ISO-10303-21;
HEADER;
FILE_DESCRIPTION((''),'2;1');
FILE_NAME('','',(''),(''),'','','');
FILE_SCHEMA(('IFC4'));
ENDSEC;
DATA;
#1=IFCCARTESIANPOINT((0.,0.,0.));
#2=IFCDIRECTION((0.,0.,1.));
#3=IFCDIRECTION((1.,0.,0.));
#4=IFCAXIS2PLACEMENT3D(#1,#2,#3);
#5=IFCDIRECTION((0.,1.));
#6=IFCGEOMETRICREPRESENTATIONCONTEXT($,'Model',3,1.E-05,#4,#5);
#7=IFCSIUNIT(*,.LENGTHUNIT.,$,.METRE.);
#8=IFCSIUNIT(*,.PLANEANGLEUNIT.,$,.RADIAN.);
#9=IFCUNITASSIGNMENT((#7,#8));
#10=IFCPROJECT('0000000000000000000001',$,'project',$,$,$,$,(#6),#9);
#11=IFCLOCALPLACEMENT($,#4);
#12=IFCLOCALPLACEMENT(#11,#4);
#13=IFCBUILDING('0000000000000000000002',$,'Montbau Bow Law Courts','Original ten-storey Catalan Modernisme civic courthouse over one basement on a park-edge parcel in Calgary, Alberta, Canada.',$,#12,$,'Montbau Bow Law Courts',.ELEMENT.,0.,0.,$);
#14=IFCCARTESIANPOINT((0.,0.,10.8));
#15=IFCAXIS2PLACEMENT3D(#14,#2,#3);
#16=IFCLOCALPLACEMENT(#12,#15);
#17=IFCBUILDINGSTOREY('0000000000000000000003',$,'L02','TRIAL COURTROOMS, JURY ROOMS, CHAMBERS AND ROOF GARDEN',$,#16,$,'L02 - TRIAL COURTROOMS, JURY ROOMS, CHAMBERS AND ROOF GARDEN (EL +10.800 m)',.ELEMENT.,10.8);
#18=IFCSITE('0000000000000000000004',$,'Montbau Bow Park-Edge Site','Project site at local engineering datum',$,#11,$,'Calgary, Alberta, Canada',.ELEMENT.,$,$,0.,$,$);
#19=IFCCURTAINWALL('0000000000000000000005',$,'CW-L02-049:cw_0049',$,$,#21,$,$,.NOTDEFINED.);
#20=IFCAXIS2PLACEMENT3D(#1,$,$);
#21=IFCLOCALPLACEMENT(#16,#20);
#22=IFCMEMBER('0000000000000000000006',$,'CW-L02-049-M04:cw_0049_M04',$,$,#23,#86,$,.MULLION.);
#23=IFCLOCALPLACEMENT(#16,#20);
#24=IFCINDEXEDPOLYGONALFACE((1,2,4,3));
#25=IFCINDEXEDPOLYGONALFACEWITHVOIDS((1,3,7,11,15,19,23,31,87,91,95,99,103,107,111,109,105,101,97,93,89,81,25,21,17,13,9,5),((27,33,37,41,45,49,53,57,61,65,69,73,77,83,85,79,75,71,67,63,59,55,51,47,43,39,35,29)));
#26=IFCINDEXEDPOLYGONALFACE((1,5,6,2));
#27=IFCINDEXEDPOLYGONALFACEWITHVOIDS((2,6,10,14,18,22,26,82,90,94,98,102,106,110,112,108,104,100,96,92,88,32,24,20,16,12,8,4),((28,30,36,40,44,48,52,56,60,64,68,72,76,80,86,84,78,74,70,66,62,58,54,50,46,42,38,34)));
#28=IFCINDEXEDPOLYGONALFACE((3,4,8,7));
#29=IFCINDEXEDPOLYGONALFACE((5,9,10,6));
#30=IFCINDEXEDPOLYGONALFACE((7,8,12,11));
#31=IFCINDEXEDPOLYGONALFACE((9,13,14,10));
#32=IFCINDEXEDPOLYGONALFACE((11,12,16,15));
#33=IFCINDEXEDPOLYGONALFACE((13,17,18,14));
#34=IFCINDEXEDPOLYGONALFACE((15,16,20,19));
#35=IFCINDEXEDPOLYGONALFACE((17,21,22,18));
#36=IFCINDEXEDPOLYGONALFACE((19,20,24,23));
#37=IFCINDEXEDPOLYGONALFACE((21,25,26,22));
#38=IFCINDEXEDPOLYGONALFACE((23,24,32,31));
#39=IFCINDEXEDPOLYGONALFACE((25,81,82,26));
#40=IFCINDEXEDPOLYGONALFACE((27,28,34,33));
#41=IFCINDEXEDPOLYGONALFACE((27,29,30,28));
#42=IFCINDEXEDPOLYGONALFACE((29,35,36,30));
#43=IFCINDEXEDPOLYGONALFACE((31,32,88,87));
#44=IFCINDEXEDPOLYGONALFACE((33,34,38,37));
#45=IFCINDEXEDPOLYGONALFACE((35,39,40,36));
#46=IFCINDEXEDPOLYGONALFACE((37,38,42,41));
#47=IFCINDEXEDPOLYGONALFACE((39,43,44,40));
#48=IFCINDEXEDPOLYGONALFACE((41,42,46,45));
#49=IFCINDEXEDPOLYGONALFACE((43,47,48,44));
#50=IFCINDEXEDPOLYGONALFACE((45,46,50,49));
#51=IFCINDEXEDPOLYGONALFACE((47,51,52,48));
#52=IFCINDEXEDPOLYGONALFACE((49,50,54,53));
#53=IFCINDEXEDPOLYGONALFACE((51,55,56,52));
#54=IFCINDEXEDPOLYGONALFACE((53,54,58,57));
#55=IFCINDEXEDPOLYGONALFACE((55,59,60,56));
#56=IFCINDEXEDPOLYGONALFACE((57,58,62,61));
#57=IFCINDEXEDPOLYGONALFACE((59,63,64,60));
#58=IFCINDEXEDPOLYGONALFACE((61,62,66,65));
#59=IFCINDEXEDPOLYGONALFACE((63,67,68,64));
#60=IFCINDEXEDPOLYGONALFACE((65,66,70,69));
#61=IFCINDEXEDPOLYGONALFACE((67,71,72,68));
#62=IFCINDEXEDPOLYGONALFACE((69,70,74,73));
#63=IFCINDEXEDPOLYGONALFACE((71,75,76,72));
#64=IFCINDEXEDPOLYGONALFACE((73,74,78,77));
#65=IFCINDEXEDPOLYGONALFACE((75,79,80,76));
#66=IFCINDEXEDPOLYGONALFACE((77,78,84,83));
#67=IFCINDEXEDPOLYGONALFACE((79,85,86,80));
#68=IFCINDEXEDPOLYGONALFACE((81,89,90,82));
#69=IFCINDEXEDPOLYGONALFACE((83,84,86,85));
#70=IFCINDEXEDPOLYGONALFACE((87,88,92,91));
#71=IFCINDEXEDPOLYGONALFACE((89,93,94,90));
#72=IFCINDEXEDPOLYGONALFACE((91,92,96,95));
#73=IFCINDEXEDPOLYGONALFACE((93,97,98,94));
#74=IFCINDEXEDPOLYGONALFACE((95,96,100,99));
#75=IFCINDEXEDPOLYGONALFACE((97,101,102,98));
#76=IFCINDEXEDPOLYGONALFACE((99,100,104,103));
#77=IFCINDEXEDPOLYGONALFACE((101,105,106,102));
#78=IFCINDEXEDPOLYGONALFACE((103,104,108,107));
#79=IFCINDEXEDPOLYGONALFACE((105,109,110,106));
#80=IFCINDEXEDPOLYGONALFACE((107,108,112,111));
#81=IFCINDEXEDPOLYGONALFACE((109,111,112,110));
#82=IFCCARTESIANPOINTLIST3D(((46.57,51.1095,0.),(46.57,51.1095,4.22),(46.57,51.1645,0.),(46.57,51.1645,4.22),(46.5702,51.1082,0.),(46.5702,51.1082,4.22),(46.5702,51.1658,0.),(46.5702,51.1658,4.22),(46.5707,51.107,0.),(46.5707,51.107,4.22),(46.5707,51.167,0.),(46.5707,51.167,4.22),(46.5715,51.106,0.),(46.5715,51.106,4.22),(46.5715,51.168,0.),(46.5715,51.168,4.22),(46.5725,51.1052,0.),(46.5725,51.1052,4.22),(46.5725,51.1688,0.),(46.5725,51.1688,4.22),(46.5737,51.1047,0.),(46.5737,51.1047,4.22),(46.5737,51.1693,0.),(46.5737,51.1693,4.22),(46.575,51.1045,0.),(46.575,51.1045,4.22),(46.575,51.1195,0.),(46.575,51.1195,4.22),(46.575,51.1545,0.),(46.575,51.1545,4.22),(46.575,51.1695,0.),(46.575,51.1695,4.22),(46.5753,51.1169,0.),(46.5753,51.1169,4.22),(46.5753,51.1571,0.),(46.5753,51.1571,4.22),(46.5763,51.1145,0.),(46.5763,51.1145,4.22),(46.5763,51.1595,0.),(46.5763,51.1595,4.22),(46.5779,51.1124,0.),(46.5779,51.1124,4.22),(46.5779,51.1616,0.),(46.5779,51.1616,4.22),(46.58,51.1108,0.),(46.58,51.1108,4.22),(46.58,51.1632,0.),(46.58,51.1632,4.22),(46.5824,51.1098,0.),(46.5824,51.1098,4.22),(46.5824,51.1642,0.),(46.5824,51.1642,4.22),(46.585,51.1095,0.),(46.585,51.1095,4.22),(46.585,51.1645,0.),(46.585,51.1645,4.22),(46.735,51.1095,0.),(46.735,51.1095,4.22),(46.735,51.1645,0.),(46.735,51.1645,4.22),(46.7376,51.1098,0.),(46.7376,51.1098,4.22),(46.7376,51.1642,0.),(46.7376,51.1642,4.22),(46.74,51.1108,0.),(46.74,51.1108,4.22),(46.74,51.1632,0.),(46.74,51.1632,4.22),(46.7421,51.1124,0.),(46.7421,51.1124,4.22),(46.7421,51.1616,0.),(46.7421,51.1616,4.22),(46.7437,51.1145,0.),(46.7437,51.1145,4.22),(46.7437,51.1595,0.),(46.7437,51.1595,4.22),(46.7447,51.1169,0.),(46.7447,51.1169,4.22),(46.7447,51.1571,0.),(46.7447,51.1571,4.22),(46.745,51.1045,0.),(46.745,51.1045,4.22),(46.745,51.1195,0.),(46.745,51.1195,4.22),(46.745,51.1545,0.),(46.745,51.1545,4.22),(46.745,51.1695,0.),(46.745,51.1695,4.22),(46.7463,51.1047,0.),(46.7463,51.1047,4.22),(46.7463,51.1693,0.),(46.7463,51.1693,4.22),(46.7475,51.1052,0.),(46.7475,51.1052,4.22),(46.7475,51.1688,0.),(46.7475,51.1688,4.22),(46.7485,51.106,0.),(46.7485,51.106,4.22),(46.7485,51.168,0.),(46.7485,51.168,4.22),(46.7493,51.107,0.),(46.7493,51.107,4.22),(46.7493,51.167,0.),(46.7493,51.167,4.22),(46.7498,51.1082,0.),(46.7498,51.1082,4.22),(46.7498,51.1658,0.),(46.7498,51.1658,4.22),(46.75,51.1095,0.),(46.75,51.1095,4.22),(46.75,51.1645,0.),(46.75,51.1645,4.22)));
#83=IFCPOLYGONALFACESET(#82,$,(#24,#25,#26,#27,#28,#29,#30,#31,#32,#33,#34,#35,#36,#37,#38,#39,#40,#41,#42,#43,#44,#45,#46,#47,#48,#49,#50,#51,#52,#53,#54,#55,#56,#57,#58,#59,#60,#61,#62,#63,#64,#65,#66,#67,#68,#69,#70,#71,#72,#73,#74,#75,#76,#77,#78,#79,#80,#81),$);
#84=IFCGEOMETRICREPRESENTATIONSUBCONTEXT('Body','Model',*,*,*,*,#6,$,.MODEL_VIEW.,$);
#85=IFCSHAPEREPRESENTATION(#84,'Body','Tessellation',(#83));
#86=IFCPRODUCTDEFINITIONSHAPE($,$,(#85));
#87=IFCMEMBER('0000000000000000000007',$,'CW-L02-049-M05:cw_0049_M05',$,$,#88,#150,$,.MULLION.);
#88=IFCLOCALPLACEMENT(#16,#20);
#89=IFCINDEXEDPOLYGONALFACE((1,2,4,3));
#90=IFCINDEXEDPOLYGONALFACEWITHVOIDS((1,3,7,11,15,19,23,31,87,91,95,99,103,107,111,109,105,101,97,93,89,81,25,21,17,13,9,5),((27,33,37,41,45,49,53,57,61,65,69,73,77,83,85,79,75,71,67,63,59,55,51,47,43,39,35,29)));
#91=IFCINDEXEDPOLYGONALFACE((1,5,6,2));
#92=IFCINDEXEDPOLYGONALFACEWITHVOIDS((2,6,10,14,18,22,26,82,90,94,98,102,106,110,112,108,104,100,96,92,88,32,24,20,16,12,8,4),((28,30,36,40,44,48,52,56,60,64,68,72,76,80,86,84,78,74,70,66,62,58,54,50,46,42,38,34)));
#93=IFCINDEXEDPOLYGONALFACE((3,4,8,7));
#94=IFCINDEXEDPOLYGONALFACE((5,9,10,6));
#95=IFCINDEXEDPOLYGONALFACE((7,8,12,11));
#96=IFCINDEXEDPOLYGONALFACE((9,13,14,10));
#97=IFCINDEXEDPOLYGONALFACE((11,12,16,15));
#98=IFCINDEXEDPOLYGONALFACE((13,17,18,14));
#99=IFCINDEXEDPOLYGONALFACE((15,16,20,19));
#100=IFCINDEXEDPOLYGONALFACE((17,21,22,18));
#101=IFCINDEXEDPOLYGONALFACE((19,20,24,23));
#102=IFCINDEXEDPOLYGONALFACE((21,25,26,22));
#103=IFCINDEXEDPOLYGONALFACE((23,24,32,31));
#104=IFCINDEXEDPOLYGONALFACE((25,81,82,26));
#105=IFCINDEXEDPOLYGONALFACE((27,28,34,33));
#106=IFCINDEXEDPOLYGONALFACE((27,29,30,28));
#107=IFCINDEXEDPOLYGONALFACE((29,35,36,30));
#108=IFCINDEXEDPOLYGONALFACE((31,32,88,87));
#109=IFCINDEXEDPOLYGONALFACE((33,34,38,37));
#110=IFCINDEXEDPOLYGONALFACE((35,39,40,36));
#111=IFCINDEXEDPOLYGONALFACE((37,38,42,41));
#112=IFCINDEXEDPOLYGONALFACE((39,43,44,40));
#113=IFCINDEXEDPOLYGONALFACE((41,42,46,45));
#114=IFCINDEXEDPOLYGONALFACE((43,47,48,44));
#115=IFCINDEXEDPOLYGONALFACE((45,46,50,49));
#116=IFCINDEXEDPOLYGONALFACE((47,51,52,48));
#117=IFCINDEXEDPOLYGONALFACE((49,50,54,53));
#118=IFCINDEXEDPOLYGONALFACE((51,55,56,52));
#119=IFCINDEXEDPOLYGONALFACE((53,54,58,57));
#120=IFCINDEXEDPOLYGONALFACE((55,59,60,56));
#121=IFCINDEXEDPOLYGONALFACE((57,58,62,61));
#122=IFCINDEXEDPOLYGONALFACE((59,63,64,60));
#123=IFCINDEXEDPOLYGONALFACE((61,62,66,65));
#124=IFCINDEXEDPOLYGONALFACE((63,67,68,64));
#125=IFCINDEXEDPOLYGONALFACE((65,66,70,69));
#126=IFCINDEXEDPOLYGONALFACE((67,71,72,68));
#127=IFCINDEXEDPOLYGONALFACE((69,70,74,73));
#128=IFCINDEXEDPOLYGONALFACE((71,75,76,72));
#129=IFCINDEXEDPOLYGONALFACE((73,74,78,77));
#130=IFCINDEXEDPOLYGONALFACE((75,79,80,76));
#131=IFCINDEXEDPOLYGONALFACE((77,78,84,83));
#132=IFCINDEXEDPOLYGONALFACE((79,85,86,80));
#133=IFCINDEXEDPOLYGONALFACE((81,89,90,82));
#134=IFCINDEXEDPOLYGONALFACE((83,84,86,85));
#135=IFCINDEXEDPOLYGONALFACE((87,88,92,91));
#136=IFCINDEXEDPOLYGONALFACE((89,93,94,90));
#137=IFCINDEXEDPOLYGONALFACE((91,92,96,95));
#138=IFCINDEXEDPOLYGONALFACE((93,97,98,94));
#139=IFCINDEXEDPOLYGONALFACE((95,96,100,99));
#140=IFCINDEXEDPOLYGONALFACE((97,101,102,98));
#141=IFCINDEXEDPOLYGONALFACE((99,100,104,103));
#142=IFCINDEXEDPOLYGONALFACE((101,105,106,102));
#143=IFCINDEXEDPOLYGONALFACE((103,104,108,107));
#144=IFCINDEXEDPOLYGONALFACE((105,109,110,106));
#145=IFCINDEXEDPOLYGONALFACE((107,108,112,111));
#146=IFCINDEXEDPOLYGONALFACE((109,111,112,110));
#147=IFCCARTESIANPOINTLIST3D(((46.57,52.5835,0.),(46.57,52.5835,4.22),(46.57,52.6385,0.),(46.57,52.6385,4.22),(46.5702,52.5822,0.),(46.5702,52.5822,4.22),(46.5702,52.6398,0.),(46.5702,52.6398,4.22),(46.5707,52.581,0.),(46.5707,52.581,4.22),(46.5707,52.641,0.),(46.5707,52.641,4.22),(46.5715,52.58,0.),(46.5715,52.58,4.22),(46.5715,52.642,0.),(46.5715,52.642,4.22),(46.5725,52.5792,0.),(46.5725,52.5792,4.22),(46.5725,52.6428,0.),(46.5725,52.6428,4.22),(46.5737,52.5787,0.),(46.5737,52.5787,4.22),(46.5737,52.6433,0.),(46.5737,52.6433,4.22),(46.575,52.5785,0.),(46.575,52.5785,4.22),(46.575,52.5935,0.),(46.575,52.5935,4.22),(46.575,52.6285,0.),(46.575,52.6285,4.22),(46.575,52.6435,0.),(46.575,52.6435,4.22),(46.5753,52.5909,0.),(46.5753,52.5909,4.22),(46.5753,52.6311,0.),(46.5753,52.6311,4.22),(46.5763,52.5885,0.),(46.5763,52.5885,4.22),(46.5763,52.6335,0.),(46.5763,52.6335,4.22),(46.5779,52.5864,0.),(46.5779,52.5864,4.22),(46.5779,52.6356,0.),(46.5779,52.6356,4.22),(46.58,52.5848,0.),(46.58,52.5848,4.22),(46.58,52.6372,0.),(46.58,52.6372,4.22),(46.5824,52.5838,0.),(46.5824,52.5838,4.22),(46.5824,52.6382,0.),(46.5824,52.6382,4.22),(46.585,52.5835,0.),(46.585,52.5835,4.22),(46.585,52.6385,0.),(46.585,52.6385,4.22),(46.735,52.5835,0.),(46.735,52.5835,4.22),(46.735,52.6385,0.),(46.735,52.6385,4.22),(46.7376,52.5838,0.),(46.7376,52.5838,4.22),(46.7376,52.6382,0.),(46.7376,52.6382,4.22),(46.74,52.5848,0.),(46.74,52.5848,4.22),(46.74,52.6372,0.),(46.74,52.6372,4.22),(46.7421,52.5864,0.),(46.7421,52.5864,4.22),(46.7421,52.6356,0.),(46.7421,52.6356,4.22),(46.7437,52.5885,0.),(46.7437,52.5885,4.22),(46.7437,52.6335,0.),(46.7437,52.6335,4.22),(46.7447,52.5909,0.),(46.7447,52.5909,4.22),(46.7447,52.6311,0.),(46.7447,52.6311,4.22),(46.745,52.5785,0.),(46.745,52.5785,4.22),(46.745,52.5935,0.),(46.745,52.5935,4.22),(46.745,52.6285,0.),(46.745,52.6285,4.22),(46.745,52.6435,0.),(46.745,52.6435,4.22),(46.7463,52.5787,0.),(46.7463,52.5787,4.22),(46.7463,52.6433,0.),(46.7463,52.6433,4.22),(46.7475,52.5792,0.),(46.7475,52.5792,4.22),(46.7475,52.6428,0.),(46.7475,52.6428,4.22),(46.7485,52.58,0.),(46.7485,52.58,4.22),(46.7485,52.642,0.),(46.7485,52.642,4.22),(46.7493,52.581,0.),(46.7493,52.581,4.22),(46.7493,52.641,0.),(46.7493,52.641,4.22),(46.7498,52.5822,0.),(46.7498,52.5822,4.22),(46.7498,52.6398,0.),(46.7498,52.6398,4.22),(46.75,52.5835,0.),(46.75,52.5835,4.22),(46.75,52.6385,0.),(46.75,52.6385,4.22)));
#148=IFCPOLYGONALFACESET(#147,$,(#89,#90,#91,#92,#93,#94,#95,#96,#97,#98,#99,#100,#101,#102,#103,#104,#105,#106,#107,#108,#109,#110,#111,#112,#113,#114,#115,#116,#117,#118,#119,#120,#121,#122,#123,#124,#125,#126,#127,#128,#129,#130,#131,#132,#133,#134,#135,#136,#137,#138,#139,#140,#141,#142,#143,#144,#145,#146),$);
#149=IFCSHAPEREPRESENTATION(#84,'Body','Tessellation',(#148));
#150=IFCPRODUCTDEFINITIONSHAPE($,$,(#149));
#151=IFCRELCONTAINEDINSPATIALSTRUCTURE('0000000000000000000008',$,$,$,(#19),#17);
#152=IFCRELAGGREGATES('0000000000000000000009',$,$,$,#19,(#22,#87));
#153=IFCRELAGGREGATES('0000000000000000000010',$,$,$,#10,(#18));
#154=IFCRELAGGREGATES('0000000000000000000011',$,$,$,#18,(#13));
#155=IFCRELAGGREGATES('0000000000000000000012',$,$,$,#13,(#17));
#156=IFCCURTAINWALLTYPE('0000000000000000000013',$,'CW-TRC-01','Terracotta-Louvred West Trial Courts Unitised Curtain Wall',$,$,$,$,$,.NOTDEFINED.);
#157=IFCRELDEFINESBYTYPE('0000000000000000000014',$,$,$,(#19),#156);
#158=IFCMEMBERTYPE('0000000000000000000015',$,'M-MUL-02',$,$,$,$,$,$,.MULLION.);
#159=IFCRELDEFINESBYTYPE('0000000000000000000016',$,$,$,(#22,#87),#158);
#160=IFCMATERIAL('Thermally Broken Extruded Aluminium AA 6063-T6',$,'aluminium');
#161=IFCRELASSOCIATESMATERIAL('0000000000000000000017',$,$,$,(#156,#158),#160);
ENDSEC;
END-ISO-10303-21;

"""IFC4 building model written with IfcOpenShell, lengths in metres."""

from ifc_helpers import new_model, si_unit, direction, frame, origin_with_axes, origin_2d_with_axis, place, context, subcontext, project, spatial, hollow_rectangle, extrude, material, material_profile, profile_set, type_object, element, aggregate, save


model = new_model("IFC4")

# Units and contexts
model_context = context("Model", 3, precision=1e-05, world=origin_with_axes(), true_north=direction((0.0, 1.0)))
body_context = subcontext(model_context, "Body", "Model", "MODEL_VIEW")
ifc_project = project(units=[si_unit("LENGTHUNIT", "METRE"), si_unit("PLANEANGLEUNIT", "RADIAN")], contexts=[model_context])

# Site, building, storey
site_placement = place(None, origin_with_axes())
site = spatial("IfcSite", under=ifc_project, at=site_placement, Name="Montbau Bow Park-Edge Site", Description="Project site at local engineering datum", LongName="Calgary, Alberta, Canada", CompositionType="ELEMENT", RefElevation=0.0)
building_placement = place(site_placement, origin_with_axes())
building = spatial("IfcBuilding", under=site, at=building_placement, Name="Montbau Bow Law Courts", Description="Original ten-storey Catalan Modernisme civic courthouse over one basement on a park-edge parcel in Calgary, Alberta, Canada.", LongName="Montbau Bow Law Courts", CompositionType="ELEMENT", ElevationOfRefHeight=0.0, ElevationOfTerrain=0.0)
storey_placement = place(building_placement, frame((0.0, 0.0, 10.8), z_axis=(0.0, 0.0, 1.0), x_axis=(1.0, 0.0, 0.0)))
storey = spatial("IfcBuildingStorey", under=building, at=storey_placement, Name="L02", Description="TRIAL COURTROOMS, JURY ROOMS, CHAMBERS AND ROOF GARDEN", LongName="L02 - TRIAL COURTROOMS, JURY ROOMS, CHAMBERS AND ROOF GARDEN (EL +10.800 m)", CompositionType="ELEMENT", Elevation=10.8)

# Curtain wall, members
ifc_material_1 = material(Name="Thermally Broken Extruded Aluminium AA 6063-T6", Category="aluminium")
curtain_wall_type = type_object("IfcCurtainWallType", Name="CW-TRC-01", Description="Terracotta-Louvred West Trial Courts Unitised Curtain Wall", PredefinedType="NOTDEFINED", material=ifc_material_1)
ifc_material_profile_1 = material_profile(ifc_material_1, hollow_rectangle(XDim=0.065, YDim=0.18, WallThickness=0.005, InnerFilletRadius=0.01, OuterFilletRadius=0.005, at=origin_2d_with_axis()), Name="CWM-180X65", Category="Main", Priority=0)
ifc_profile_set_1 = profile_set([ifc_material_profile_1], Name="Thermally Broken Extruded Aluminium AA 6063-T6")
member_type_1 = type_object("IfcMemberType", Name="M-MUL-02", PredefinedType="MULLION", material=ifc_profile_set_1)
curtain_wall_1_placement = place(None, frame((46.66, 46.715, 10.8), z_axis=(0.0, 0.0, 1.0), x_axis=(1.0, 0.0, 0.0)))
curtain_wall_1 = element("IfcCurtainWall", 1, at=curtain_wall_1_placement, inside=storey, type_object=curtain_wall_type, Name="CW-L02-049:cw_0049", PredefinedType="NOTDEFINED")
member_1_placement = place(None, frame((46.66, 51.137, 10.8), z_axis=(0.0, 0.0, 1.0), x_axis=(0.0, 1.0, 0.0)))
member_1 = element("IfcMember", 2, at=member_1_placement, type_object=member_type_1, Name="CW-L02-049-M04:cw_0049_M04", PredefinedType="MULLION", context=body_context, shape_type="SweptSolid", body=[
    extrude(hollow_rectangle(XDim=0.065, YDim=0.18, WallThickness=0.005, InnerFilletRadius=0.01, OuterFilletRadius=0.005, at=origin_2d_with_axis()), origin_with_axes(), (0.0, 0.0, 1.0), 4.22),
])
member_2_placement = place(None, frame((46.66, 52.611, 10.8), z_axis=(0.0, 0.0, 1.0), x_axis=(0.0, 1.0, 0.0)))
member_2 = element("IfcMember", 3, at=member_2_placement, type_object=member_type_1, Name="CW-L02-049-M05:cw_0049_M05", PredefinedType="MULLION", context=body_context, shape_type="SweptSolid", body=[
    extrude(hollow_rectangle(XDim=0.065, YDim=0.18, WallThickness=0.005, InnerFilletRadius=0.01, OuterFilletRadius=0.005, at=origin_2d_with_axis()), origin_with_axes(), (0.0, 0.0, 1.0), 4.22),
])

aggregate(curtain_wall_1, [member_1, member_2])

save(model, "model.ifc")
